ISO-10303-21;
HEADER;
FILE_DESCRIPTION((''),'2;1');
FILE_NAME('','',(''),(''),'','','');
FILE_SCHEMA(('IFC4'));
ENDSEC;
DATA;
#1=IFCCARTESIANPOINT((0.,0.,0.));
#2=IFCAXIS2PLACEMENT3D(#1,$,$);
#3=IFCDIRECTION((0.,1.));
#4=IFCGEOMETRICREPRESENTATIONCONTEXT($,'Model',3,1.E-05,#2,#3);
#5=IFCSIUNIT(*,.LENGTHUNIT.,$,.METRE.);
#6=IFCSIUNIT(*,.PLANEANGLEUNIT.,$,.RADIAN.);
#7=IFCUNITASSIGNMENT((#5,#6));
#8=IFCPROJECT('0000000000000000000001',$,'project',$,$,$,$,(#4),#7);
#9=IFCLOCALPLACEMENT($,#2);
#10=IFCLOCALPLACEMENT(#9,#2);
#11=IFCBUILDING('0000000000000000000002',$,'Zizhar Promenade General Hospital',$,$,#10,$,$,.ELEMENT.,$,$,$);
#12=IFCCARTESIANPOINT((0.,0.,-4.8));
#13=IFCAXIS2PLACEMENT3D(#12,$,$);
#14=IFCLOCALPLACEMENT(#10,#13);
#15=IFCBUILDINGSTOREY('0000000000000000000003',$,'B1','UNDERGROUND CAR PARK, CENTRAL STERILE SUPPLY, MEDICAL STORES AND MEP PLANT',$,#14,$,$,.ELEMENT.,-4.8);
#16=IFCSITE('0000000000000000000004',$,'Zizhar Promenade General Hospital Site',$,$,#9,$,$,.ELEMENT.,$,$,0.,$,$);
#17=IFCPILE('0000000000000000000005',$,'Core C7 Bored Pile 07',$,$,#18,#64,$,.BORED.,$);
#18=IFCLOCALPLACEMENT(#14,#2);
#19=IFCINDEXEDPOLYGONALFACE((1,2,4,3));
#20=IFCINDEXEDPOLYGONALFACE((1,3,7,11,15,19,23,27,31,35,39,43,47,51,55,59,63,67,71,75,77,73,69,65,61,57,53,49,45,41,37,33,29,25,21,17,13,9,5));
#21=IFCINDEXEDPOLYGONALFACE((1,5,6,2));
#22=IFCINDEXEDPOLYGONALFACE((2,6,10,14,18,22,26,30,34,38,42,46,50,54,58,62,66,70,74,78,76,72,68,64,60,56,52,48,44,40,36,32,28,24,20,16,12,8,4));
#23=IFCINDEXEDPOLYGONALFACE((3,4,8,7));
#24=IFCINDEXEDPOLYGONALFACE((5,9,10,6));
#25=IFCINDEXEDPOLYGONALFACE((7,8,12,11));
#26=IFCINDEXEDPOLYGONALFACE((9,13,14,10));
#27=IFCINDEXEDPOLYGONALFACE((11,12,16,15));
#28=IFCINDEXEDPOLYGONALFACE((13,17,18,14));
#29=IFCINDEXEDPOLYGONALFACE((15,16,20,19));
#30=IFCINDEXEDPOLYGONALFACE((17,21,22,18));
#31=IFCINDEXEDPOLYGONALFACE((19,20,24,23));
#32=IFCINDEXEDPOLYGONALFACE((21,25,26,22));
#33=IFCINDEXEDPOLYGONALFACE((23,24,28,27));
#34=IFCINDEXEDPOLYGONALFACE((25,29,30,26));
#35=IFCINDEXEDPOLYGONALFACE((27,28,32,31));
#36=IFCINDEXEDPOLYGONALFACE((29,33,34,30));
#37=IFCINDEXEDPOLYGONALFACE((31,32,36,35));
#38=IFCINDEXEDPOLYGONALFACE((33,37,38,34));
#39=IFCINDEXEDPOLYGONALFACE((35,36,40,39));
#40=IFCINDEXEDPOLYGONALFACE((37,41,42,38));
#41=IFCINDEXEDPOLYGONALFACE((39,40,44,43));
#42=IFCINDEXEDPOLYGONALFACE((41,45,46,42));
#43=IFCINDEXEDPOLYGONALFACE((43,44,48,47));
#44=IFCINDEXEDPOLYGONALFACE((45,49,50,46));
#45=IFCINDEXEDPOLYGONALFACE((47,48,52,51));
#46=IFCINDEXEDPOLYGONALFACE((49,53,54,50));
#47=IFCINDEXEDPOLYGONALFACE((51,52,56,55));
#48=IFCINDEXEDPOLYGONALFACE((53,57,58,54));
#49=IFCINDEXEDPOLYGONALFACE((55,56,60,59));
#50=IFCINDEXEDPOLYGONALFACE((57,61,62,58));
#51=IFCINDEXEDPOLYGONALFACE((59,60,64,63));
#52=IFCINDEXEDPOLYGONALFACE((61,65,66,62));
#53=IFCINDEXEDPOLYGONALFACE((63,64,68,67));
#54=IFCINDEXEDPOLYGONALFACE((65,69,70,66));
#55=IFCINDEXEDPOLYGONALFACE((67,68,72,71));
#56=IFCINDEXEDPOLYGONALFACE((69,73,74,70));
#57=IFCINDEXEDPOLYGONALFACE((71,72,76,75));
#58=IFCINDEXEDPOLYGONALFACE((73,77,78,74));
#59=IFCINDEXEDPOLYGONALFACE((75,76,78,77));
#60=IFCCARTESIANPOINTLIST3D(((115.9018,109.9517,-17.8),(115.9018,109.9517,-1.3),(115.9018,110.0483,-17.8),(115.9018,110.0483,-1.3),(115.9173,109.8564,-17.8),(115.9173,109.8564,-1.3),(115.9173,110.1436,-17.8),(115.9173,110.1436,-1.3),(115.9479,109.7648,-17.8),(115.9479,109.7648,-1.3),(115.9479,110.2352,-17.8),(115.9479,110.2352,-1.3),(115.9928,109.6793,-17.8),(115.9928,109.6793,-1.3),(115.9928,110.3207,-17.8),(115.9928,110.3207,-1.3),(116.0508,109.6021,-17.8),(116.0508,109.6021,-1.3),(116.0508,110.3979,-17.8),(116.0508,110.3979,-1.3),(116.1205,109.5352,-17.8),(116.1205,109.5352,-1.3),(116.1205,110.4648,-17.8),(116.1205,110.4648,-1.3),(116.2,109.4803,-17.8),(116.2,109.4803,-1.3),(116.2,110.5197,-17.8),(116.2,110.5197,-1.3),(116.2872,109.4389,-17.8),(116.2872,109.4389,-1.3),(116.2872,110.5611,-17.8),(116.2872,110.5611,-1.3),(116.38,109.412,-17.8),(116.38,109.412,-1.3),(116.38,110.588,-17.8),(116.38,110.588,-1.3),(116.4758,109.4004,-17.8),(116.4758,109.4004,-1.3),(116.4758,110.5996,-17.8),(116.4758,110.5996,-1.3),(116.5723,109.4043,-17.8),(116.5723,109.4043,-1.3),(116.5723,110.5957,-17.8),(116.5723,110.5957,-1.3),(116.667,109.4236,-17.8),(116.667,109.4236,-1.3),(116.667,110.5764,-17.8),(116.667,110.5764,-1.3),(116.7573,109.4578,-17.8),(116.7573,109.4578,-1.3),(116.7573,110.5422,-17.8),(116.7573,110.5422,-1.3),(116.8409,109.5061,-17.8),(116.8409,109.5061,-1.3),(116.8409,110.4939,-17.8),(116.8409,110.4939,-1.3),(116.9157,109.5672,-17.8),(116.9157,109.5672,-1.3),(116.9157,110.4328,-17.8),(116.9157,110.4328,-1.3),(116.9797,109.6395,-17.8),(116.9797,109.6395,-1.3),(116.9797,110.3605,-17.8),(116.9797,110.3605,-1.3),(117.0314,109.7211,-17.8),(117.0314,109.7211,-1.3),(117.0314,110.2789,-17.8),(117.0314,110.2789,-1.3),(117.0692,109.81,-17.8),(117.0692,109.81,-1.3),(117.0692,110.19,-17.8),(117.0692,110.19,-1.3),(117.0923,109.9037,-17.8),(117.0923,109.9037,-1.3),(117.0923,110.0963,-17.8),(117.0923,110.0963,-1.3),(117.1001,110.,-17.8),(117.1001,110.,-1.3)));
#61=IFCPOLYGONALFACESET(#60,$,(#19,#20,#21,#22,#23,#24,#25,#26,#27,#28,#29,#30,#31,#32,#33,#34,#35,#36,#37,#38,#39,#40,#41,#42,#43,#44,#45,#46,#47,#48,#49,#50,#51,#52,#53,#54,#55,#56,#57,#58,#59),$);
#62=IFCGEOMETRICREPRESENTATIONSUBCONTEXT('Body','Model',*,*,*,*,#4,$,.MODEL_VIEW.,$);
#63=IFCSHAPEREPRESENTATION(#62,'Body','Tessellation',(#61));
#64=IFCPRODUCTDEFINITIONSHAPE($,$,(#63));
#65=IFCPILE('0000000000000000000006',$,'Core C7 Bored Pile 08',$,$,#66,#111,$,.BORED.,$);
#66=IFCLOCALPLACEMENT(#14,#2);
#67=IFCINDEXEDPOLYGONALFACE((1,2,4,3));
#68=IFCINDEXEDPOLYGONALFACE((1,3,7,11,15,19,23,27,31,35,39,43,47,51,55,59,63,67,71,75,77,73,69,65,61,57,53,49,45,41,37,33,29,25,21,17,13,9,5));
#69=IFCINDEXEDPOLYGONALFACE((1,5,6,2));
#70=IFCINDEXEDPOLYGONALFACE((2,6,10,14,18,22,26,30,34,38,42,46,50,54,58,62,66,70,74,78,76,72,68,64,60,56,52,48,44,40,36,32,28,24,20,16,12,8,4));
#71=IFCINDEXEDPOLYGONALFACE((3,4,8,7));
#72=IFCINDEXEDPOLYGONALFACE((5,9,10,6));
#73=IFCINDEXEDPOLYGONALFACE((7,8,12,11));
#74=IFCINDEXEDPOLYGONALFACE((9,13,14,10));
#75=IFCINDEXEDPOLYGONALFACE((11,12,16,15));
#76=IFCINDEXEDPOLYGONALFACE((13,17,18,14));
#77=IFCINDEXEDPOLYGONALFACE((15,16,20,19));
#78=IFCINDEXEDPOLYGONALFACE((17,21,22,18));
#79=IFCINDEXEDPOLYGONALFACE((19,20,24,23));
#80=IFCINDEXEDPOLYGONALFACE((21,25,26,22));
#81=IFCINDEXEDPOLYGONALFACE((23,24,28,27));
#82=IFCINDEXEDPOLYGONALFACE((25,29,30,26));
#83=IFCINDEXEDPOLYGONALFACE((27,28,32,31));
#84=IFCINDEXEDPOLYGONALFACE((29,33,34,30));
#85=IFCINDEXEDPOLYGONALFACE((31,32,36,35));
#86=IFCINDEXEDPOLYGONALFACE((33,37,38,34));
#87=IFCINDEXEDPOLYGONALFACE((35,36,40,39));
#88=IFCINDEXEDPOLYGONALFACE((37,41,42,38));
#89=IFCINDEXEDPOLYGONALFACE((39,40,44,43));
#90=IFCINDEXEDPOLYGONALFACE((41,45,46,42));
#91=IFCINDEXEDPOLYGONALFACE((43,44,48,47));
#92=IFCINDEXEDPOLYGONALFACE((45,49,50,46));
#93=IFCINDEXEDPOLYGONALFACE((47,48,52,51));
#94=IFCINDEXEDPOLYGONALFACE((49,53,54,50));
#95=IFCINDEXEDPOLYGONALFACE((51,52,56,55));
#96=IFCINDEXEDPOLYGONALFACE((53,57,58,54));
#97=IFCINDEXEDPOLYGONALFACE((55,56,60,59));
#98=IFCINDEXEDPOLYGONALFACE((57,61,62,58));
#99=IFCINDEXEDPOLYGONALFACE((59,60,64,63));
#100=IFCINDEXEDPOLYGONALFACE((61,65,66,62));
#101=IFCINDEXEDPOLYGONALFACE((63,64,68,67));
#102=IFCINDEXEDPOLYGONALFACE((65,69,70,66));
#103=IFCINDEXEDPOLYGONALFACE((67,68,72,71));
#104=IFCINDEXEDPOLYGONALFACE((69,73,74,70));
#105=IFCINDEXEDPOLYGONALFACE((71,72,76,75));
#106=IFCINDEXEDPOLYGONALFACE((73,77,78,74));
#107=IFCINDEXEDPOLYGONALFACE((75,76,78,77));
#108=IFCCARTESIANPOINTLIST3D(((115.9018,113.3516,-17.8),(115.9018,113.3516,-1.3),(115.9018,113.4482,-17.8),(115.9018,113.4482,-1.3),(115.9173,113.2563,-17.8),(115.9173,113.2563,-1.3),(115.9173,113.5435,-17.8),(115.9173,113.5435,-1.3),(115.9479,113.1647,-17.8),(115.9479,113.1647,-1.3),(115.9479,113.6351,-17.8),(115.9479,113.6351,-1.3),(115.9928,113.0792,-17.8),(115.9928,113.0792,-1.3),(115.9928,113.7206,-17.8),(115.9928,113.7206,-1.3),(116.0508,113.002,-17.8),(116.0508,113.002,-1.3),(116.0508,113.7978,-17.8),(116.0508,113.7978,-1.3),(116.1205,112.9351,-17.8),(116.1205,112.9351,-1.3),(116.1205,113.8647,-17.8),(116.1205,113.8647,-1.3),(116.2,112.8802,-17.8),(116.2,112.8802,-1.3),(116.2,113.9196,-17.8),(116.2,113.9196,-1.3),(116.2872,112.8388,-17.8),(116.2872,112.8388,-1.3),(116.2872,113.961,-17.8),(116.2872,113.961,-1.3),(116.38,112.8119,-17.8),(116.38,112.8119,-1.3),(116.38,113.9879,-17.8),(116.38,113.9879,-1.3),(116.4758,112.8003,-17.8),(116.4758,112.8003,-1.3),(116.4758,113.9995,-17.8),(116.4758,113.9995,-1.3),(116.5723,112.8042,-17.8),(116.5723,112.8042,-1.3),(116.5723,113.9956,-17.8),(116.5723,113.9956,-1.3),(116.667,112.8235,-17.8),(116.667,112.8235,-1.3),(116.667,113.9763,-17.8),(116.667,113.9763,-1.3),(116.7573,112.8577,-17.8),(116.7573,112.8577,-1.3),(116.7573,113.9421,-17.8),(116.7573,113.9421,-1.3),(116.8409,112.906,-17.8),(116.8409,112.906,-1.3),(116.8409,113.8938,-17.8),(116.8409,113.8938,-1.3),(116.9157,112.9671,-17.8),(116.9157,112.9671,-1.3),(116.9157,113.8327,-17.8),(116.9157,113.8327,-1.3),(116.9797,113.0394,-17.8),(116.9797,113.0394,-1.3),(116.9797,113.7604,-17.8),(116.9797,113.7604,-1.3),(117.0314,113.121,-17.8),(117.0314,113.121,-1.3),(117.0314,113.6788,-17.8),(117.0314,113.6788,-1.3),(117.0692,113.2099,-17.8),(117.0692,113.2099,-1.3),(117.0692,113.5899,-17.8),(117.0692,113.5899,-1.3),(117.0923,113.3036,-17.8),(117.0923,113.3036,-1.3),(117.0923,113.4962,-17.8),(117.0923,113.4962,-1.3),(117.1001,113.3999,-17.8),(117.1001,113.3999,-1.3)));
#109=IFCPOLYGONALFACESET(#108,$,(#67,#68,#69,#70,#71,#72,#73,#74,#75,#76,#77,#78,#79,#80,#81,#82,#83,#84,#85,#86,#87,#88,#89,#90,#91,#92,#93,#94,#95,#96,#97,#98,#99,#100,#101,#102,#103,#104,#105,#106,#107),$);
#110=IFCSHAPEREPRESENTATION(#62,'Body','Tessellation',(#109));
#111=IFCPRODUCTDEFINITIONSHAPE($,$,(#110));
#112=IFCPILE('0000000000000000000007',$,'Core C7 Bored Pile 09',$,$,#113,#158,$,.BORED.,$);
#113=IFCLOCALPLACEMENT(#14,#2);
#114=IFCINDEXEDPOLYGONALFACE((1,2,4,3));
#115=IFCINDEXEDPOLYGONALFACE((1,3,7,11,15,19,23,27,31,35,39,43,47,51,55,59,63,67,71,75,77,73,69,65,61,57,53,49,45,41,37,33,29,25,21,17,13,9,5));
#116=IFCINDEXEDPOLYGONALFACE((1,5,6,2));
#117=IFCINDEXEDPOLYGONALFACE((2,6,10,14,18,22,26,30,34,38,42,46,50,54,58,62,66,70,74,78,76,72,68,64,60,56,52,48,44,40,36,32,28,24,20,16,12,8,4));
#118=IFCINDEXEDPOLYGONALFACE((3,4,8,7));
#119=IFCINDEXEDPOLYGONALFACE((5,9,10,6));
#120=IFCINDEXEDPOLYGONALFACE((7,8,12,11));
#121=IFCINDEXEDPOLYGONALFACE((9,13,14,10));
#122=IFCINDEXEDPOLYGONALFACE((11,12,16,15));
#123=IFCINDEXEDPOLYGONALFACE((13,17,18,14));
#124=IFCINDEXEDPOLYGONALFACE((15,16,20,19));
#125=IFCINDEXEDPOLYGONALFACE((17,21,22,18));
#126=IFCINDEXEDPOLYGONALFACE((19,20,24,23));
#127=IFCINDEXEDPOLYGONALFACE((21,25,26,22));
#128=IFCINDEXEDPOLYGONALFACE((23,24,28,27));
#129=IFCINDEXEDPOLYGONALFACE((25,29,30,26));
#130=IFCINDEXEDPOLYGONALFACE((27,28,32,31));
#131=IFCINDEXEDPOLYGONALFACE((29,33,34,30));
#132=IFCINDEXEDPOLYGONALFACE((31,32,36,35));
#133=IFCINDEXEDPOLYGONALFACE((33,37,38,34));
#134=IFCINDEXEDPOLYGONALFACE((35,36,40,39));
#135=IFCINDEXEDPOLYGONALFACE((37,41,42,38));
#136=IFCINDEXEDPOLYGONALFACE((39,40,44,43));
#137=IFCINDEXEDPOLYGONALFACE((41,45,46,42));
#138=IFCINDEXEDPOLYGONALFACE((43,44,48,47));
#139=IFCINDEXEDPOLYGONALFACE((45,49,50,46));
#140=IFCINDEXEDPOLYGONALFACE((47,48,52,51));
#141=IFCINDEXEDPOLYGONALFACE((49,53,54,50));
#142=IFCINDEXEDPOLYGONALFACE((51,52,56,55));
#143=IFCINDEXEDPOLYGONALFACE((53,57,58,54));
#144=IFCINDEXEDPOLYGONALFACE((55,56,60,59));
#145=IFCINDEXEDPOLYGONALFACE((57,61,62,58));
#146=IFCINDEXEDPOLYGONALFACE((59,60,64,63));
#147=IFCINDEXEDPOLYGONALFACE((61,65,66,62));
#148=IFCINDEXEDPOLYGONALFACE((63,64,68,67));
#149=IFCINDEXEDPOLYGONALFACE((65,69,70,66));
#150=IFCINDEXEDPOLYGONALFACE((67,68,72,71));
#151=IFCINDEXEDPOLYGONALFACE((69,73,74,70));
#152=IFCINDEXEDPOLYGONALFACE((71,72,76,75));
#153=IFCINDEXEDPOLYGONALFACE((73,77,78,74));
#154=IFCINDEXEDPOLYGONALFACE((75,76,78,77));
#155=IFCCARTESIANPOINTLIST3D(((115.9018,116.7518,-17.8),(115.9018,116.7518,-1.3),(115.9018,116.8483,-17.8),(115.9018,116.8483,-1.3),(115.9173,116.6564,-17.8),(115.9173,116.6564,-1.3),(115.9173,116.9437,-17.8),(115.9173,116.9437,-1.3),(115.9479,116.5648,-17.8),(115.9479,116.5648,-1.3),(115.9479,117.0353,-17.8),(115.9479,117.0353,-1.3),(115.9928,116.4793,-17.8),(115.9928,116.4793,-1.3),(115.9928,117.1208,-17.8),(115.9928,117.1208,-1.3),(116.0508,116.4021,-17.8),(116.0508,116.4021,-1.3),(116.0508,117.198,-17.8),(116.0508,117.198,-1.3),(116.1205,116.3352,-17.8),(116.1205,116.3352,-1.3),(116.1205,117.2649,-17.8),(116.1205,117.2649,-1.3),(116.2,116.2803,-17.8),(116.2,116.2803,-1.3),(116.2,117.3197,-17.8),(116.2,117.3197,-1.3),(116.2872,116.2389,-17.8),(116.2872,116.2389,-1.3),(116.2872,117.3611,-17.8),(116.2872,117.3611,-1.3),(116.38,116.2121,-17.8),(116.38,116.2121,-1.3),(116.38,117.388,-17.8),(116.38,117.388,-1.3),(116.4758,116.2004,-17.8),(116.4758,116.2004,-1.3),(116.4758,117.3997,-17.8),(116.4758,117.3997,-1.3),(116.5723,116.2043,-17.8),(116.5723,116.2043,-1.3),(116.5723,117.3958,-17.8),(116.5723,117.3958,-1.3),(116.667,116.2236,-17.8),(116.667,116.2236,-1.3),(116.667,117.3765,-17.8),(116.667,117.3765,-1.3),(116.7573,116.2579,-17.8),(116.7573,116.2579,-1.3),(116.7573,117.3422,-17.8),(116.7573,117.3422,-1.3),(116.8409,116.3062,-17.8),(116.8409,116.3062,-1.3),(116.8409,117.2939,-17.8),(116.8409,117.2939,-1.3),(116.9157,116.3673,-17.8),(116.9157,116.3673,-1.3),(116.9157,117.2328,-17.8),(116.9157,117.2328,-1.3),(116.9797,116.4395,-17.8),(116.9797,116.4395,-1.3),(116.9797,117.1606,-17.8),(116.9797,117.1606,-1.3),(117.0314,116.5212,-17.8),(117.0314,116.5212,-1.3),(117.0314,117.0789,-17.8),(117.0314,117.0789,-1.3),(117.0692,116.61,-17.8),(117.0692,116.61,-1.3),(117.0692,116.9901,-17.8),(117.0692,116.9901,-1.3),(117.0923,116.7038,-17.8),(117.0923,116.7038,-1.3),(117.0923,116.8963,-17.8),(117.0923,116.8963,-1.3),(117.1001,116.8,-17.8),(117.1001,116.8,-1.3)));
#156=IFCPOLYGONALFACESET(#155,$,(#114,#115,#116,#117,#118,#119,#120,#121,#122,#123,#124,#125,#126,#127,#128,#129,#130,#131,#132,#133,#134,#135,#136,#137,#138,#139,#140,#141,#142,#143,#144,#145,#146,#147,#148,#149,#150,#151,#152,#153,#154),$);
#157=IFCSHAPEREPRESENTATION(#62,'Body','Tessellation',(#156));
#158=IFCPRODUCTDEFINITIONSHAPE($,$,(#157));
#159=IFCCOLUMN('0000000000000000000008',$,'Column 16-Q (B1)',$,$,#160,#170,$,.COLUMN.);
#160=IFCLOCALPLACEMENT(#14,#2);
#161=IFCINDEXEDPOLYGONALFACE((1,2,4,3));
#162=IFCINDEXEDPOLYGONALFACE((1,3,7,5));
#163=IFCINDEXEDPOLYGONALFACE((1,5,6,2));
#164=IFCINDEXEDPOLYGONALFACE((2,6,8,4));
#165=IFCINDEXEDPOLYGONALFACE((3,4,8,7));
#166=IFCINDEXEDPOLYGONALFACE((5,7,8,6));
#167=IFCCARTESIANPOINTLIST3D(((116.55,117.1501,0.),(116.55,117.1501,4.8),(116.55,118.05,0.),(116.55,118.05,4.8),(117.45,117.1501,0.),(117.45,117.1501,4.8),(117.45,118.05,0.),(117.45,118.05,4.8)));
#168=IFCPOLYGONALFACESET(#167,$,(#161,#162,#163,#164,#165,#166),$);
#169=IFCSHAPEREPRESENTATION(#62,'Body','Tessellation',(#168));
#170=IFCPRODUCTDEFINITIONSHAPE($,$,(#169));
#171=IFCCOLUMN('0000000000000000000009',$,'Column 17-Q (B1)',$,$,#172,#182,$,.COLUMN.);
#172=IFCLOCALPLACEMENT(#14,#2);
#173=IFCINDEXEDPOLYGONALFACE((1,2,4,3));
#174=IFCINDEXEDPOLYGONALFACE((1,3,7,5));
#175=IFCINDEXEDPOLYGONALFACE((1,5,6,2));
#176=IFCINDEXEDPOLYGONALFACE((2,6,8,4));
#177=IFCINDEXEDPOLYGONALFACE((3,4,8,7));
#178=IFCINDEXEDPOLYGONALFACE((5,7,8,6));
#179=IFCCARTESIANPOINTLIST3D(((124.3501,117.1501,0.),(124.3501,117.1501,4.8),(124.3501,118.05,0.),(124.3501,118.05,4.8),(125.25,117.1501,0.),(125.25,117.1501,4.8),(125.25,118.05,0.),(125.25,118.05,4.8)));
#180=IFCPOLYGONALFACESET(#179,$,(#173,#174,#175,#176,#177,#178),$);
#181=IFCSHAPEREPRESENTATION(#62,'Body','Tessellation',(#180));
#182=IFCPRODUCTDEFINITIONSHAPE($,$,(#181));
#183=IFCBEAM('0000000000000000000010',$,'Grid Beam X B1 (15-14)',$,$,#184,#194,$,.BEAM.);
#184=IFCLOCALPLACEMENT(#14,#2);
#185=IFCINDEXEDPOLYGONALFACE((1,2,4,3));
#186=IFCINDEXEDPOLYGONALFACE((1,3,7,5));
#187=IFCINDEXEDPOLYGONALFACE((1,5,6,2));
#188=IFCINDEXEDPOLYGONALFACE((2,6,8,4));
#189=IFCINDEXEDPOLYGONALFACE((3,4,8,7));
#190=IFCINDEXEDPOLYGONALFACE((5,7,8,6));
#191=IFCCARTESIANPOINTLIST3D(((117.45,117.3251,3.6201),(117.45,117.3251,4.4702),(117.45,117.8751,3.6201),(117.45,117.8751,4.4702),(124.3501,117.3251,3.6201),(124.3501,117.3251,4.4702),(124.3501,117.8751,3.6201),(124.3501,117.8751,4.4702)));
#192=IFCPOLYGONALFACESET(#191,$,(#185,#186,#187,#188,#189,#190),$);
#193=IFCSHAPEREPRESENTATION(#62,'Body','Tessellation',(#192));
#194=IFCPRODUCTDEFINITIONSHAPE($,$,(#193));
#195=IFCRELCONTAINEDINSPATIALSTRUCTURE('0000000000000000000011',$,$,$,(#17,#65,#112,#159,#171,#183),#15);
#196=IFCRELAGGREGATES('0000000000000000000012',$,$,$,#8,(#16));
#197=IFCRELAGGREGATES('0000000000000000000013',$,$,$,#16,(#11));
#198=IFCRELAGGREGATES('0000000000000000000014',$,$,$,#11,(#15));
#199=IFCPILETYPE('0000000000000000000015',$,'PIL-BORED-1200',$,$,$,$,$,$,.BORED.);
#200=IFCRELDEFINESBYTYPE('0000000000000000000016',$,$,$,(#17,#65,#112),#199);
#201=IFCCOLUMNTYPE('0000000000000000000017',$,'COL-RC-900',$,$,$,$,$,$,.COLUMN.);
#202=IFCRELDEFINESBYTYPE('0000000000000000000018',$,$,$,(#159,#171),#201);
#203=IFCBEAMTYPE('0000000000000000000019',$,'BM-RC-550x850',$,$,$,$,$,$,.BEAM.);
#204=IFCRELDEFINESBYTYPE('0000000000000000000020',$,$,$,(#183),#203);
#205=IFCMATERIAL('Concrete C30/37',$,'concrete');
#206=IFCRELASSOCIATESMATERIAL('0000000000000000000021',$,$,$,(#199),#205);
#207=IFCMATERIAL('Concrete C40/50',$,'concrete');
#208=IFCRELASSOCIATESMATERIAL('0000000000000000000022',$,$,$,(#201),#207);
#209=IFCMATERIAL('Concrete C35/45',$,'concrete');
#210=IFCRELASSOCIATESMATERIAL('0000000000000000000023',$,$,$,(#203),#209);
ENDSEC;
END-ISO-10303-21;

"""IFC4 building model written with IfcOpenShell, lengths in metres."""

from ifc_helpers import new_model, si_unit, direction, frame, origin, origin_2d, place, context, subcontext, project, spatial, rectangle, circle, extrude, material, material_profile, profile_set, type_object, element, save


model = new_model("IFC4")

# Units and contexts
model_context = context("Model", 3, precision=1e-05, world=origin(), true_north=direction((0.0, 1.0)))
body_context = subcontext(model_context, "Body", "Model", "MODEL_VIEW")
ifc_project = project(units=[si_unit("LENGTHUNIT", "METRE"), si_unit("PLANEANGLEUNIT", "RADIAN")], contexts=[model_context])

# Site, building, storey
site_placement = place(None, origin())
site = spatial("IfcSite", under=ifc_project, at=site_placement, Name="Zizhar Promenade General Hospital Site", CompositionType="ELEMENT", RefElevation=0.0)
building_placement = place(site_placement, origin())
building = spatial("IfcBuilding", under=site, at=building_placement, Name="Zizhar Promenade General Hospital", CompositionType="ELEMENT")
storey_placement = place(building_placement, frame((0.0, 0.0, -4.8)))
storey = spatial("IfcBuildingStorey", under=building, at=storey_placement, Name="B1", Description="UNDERGROUND CAR PARK, CENTRAL STERILE SUPPLY, MEDICAL STORES AND MEP PLANT", CompositionType="ELEMENT", Elevation=-4.8)

# Piles
ifc_material_1 = material(Name="Concrete C30/37", Category="concrete")
ifc_material_profile_1 = material_profile(ifc_material_1, circle(Radius=0.6001, at=origin_2d()))
ifc_profile_set_1 = profile_set([ifc_material_profile_1], Name="Concrete C30/37")
pile_type_1 = type_object("IfcPileType", Name="PIL-BORED-1200", PredefinedType="BORED", material=ifc_profile_set_1)
for number, where, z_axis, x_axis, name in (
    (1, (116.5, 110.0, -1.3), (0.0, 0.0, -1.0), (1.0, 0.0, 0.0), "Core C7 Bored Pile 07"),
    (2, (116.5, 113.3999, -1.3), (0.0, 0.0, -1.0), (1.0, 0.0, 0.0), "Core C7 Bored Pile 08"),
    (3, (116.5, 116.8, -1.3), (0.0, 0.0, -1.0), (1.0, 0.0, 0.0), "Core C7 Bored Pile 09"),
):
    element("IfcPile", number, at=place(storey_placement, frame(where, z_axis=z_axis, x_axis=x_axis)), inside=storey, type_object=pile_type_1, Name=name, PredefinedType="BORED", context=body_context, shape_type="SweptSolid", body=[
        extrude(circle(Radius=0.6001, at=origin_2d()), origin(), (0.0, 0.0, 1.0), 16.5),
    ])

# Columns
ifc_material_2 = material(Name="Concrete C40/50", Category="concrete")
ifc_material_profile_2 = material_profile(ifc_material_2, rectangle(XDim=0.8999, YDim=0.8999, at=origin_2d()))
ifc_profile_set_2 = profile_set([ifc_material_profile_2], Name="Concrete C40/50")
column_type = type_object("IfcColumnType", Name="COL-RC-900", PredefinedType="COLUMN", material=ifc_profile_set_2)
for number, where, z_axis, x_axis, name in (
    (4, (117.0, 117.6001, 0.0), (0.0, 0.0, 1.0), (1.0, 0.0, 0.0), "Column 16-Q (B1)"),
    (5, (124.8, 117.6001, 0.0), (0.0, 0.0, 1.0), (1.0, 0.0, 0.0), "Column 17-Q (B1)"),
):
    element("IfcColumn", number, at=place(storey_placement, frame(where, z_axis=z_axis, x_axis=x_axis)), inside=storey, type_object=column_type, Name=name, PredefinedType="COLUMN", context=body_context, shape_type="SweptSolid", body=[
        extrude(rectangle(XDim=0.8999, YDim=0.8999, at=origin_2d()), origin(), (0.0, 0.0, 1.0), 4.8),
    ])

# Beam
ifc_material_3 = material(Name="Concrete C35/45", Category="concrete")
ifc_material_profile_3 = material_profile(ifc_material_3, rectangle(XDim=0.55, YDim=0.8501, at=origin_2d()))
ifc_profile_set_3 = profile_set([ifc_material_profile_3], Name="Concrete C35/45")
beam_type_1 = type_object("IfcBeamType", Name="BM-RC-550x850", PredefinedType="BEAM", material=ifc_profile_set_3)
beam_placement = place(storey_placement, frame((117.45, 117.6001, 4.0452), z_axis=(1.0, 0.0, 0.0), x_axis=(0.0, 1.0, 0.0)))
element("IfcBeam", 6, at=beam_placement, inside=storey, type_object=beam_type_1, Name="Grid Beam X B1 (15-14)", PredefinedType="BEAM", context=body_context, shape_type="SweptSolid", body=[
    extrude(rectangle(XDim=0.55, YDim=0.8501, at=origin_2d()), origin(), (0.0, 0.0, 1.0), 6.9001),
])

save(model, "model.ifc")
